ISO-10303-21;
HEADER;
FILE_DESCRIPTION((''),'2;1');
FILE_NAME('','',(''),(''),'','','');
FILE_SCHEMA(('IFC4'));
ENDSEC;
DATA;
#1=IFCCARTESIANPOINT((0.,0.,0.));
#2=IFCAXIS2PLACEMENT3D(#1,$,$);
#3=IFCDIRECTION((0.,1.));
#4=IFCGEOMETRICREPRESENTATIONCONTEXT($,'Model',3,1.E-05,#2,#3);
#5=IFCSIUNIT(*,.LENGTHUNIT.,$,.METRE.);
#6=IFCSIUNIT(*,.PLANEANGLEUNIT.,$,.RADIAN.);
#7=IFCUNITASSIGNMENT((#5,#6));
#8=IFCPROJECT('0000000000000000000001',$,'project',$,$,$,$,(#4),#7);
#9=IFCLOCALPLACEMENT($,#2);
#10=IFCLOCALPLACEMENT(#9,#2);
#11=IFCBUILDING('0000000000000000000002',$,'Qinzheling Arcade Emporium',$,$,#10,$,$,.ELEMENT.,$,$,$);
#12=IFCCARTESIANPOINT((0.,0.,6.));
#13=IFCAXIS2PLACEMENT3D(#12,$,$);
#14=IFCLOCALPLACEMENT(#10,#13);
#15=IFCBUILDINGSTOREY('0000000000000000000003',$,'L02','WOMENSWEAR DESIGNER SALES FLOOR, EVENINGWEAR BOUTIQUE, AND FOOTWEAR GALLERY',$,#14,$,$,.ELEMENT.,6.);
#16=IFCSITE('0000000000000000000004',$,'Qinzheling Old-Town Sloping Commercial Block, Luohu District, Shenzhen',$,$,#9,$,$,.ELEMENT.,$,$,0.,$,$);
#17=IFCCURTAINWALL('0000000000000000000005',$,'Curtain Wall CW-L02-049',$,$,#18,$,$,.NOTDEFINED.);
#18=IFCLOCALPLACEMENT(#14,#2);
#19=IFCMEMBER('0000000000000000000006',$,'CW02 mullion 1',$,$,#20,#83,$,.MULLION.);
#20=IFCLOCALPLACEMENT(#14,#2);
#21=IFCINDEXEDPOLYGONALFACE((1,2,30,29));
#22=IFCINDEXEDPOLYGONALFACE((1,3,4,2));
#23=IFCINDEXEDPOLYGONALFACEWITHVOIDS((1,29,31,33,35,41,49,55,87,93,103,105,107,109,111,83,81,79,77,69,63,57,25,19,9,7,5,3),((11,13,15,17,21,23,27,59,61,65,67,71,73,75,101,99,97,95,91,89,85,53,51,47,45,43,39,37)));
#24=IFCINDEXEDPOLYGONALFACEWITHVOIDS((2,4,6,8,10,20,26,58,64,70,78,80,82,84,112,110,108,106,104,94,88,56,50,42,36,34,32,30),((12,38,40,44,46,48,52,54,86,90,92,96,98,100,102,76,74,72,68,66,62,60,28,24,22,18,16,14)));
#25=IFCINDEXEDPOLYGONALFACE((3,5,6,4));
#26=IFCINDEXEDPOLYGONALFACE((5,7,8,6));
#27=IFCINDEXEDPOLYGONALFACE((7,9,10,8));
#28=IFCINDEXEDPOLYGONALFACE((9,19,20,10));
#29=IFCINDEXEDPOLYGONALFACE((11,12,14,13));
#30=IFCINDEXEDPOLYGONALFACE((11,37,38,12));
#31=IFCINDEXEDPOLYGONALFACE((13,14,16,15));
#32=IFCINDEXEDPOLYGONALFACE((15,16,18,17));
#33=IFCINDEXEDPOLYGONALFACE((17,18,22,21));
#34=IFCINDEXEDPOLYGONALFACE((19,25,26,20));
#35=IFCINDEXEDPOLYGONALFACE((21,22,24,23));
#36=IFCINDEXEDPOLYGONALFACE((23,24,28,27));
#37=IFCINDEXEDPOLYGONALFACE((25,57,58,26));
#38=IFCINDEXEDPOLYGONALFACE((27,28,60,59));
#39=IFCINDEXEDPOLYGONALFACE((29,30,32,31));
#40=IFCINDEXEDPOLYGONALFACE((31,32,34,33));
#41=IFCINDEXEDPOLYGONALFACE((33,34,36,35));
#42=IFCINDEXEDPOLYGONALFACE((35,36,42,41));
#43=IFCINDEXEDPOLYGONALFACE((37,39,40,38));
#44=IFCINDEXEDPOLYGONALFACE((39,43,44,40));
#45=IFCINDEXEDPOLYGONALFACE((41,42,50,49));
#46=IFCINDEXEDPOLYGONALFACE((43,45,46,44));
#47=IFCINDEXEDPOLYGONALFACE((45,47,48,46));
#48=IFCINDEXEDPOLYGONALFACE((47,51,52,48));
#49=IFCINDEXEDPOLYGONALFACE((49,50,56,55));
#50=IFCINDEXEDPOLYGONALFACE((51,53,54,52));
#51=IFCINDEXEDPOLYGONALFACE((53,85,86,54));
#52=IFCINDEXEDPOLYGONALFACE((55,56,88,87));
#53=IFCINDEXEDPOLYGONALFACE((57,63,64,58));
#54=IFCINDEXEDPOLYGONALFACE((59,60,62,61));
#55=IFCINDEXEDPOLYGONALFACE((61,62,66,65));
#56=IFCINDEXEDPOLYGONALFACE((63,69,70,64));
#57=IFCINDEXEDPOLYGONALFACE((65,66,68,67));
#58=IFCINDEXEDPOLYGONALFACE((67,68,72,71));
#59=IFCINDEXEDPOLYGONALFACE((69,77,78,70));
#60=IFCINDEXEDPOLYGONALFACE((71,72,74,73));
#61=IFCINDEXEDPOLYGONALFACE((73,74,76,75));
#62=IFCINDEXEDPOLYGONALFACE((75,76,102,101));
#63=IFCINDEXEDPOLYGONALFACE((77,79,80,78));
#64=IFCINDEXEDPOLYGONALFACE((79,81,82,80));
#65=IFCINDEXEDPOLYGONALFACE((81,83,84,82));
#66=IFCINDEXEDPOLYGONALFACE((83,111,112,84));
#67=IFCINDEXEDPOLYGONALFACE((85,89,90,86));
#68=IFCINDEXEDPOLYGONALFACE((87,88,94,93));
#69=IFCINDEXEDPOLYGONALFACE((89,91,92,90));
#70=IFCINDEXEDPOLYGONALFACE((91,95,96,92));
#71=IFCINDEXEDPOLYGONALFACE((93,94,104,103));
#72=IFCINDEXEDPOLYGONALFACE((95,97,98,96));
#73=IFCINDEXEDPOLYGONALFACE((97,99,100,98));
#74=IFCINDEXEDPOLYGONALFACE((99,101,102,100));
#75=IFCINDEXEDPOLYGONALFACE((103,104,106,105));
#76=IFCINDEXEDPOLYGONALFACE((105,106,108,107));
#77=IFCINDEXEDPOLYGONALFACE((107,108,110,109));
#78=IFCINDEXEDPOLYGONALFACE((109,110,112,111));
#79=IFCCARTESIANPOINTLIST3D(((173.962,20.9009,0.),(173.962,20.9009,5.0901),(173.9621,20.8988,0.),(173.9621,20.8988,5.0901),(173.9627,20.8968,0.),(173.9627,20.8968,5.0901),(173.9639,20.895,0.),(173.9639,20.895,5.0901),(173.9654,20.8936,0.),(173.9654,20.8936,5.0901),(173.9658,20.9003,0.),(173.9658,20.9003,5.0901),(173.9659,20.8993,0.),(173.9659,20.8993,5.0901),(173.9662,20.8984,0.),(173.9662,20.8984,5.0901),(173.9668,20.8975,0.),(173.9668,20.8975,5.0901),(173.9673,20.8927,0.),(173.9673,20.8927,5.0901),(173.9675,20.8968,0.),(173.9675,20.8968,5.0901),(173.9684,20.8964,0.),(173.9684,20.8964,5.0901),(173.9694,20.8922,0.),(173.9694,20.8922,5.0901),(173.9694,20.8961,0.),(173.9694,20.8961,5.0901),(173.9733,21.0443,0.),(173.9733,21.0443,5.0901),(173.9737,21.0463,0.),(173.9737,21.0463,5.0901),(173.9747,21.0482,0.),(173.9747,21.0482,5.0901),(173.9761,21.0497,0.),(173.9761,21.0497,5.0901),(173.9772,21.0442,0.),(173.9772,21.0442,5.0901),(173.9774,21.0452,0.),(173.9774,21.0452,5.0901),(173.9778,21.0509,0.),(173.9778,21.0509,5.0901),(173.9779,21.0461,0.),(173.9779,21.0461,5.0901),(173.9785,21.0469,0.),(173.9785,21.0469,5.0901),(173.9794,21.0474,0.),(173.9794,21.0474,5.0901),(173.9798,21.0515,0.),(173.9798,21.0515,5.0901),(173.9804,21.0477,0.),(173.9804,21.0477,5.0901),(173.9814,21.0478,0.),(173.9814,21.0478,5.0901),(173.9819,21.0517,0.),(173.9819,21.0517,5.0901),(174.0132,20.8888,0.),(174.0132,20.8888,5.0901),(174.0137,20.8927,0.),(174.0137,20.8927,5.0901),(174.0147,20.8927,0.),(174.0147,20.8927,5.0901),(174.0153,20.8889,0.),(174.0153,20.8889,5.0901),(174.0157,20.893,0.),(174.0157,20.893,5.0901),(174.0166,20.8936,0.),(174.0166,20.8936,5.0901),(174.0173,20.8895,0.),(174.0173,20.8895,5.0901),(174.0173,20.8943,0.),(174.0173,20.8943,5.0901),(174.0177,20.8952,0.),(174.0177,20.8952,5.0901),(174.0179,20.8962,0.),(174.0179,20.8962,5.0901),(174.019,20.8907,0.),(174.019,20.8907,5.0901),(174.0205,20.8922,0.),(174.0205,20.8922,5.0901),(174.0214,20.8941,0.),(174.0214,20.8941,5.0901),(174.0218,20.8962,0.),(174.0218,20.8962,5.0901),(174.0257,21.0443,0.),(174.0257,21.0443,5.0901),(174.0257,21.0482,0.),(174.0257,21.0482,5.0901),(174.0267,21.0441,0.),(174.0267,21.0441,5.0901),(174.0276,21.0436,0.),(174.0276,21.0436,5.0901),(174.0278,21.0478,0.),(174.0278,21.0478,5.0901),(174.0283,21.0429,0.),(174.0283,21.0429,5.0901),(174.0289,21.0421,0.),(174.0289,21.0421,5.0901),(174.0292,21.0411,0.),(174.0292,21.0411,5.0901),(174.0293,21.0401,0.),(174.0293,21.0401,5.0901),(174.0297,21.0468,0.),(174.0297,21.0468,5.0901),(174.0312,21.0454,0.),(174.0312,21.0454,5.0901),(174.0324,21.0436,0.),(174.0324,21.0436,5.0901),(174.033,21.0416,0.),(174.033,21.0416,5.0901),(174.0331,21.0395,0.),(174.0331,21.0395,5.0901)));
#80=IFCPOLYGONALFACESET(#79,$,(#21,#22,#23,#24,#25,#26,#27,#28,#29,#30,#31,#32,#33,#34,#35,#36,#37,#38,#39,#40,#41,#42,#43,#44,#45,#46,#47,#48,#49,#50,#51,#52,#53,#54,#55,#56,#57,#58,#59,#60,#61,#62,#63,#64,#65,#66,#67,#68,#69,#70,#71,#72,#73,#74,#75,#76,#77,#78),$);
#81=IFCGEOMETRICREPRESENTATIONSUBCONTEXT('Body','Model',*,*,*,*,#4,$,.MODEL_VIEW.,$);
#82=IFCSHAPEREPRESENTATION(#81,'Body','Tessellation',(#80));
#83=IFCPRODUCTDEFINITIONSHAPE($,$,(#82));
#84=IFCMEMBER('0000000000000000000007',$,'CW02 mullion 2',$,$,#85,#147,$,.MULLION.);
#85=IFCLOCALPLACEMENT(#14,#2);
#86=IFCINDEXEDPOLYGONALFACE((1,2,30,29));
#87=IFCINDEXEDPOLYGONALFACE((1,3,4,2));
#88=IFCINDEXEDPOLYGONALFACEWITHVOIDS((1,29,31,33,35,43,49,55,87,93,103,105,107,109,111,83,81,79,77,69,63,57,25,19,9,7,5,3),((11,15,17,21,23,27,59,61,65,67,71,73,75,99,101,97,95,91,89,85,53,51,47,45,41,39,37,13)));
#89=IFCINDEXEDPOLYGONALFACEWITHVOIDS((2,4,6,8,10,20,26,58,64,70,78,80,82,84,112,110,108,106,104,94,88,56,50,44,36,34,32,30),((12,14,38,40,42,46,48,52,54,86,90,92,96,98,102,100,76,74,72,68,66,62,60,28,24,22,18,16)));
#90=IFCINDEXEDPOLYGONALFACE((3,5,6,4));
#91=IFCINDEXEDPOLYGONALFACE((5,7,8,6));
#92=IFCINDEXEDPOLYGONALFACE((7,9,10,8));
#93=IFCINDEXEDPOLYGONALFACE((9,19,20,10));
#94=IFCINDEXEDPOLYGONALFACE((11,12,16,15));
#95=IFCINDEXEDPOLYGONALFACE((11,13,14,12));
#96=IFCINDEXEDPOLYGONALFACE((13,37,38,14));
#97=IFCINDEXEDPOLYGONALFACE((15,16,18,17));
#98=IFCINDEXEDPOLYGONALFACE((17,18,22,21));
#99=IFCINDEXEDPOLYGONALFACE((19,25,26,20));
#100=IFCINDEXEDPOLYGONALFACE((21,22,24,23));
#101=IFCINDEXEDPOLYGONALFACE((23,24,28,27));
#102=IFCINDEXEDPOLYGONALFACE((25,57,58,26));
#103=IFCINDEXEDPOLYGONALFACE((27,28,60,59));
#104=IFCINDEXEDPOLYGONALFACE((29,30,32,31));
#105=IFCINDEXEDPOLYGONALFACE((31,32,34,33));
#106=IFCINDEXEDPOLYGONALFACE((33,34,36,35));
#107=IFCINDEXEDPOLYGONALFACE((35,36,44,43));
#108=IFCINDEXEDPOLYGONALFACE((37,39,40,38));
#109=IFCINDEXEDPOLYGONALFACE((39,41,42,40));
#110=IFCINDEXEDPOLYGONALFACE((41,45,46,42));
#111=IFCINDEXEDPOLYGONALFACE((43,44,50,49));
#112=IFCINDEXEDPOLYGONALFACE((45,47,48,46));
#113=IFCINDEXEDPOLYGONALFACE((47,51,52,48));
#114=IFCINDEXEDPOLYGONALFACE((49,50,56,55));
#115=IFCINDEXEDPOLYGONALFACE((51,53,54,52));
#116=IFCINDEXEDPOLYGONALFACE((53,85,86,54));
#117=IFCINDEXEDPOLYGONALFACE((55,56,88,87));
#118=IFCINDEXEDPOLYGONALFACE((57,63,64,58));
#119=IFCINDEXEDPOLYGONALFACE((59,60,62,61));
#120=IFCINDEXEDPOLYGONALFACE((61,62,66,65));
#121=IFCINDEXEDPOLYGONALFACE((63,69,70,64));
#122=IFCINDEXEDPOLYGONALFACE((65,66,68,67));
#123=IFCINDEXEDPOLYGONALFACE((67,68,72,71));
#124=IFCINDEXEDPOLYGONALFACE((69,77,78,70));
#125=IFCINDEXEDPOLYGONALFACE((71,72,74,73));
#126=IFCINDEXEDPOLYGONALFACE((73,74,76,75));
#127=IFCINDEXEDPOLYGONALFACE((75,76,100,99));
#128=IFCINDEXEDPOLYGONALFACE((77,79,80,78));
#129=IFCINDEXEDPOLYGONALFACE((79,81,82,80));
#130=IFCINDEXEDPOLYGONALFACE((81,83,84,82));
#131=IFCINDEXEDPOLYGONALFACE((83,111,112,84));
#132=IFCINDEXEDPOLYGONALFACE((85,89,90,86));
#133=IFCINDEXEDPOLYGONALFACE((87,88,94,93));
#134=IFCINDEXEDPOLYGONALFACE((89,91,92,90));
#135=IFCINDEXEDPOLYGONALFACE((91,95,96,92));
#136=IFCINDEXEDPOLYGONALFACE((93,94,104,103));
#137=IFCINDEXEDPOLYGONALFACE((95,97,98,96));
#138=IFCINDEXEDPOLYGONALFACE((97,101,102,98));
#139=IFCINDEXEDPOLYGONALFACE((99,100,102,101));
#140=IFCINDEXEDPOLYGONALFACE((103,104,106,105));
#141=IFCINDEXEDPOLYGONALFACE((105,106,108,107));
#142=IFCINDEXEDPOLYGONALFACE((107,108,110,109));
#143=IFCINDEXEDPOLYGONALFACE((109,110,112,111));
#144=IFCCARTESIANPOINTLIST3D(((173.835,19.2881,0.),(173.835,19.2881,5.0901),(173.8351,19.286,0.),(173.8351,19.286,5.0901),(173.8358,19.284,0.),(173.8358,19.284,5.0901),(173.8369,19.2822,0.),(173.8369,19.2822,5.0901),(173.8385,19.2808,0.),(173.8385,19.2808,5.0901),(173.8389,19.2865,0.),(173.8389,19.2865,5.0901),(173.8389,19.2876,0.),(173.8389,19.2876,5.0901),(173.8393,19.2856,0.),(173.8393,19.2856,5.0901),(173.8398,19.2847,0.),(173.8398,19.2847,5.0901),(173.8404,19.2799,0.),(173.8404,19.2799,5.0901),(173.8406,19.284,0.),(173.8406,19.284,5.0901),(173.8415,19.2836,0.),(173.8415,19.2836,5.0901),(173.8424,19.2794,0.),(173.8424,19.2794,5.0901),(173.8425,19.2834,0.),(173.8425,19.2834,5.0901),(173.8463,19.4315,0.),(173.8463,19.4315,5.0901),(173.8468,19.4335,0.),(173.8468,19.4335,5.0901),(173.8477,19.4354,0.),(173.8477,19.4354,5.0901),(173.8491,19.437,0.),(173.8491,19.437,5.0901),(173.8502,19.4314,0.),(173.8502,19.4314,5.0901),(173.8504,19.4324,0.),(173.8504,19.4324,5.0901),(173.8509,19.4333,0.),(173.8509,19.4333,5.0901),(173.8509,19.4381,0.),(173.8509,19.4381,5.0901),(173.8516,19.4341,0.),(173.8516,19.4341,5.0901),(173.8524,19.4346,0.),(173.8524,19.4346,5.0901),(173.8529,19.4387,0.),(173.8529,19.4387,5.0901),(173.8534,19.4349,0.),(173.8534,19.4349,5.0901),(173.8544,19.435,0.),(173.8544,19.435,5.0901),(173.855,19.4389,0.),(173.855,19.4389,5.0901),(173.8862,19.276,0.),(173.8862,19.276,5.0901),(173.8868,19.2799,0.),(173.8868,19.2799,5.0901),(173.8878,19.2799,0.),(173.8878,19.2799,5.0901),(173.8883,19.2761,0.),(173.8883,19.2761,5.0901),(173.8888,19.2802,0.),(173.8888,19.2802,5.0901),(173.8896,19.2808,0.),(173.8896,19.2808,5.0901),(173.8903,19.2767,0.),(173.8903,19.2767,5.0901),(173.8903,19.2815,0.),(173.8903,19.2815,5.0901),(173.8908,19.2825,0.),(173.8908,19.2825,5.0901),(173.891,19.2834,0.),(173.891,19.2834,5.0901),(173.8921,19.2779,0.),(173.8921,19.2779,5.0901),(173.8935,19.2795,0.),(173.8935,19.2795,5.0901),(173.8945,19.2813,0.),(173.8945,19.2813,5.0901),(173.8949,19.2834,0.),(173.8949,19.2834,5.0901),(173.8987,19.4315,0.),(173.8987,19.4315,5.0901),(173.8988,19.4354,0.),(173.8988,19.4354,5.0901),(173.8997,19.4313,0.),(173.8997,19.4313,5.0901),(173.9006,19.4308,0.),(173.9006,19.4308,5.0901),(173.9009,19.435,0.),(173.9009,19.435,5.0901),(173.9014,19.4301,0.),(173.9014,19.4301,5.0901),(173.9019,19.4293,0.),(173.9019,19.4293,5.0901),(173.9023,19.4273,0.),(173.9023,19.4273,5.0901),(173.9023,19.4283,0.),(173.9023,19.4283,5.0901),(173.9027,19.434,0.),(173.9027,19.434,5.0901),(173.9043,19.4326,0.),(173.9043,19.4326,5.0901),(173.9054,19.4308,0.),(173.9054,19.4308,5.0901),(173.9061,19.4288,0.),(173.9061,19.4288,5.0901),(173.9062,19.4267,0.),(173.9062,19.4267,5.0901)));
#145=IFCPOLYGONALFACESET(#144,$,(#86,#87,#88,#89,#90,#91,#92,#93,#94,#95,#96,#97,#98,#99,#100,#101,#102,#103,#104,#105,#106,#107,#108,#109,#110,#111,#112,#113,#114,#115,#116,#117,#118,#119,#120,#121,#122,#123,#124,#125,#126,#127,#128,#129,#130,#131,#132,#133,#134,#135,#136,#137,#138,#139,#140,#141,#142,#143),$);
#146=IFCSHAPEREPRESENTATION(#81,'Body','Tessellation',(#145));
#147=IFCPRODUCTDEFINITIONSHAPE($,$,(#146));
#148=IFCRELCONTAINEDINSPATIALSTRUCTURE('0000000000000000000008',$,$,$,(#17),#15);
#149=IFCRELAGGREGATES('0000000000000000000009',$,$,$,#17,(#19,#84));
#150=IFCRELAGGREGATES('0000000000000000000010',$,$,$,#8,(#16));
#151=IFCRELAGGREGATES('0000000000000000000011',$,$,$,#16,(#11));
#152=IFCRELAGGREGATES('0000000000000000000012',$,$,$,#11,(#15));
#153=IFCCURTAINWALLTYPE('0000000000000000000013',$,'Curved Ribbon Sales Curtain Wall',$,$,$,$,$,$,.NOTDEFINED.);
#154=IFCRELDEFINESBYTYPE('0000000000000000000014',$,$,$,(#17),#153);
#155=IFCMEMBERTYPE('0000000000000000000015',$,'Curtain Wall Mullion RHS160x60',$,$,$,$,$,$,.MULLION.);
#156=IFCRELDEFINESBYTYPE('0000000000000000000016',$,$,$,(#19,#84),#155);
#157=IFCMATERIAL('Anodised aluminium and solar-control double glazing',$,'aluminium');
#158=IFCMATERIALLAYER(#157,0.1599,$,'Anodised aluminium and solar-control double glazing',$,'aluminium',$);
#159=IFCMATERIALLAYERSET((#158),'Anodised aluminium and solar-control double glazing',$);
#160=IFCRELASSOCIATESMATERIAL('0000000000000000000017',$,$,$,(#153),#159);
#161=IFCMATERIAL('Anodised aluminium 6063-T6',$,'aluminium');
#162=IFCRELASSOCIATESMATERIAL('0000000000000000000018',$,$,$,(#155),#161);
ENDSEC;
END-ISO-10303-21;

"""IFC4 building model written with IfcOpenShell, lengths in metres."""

from ifc_helpers import new_model, si_unit, direction, frame, origin, origin_2d, place, context, subcontext, project, spatial, hollow_rectangle, extrude, material, layer, layer_set, material_profile, profile_set, type_object, element, aggregate, save


model = new_model("IFC4")

# Units and contexts
model_context = context("Model", 3, precision=1e-05, world=origin(), true_north=direction((0.0, 1.0)))
body_context = subcontext(model_context, "Body", "Model", "MODEL_VIEW")
ifc_project = project(units=[si_unit("LENGTHUNIT", "METRE"), si_unit("PLANEANGLEUNIT", "RADIAN")], contexts=[model_context])

# Site, building, storey
site_placement = place(None, origin())
site = spatial("IfcSite", under=ifc_project, at=site_placement, Name="Qinzheling Old-Town Sloping Commercial Block, Luohu District, Shenzhen", CompositionType="ELEMENT", RefElevation=0.0)
building_placement = place(site_placement, origin())
building = spatial("IfcBuilding", under=site, at=building_placement, Name="Qinzheling Arcade Emporium", CompositionType="ELEMENT")
storey_placement = place(building_placement, frame((0.0, 0.0, 6.0)))
storey = spatial("IfcBuildingStorey", under=building, at=storey_placement, Name="L02", Description="WOMENSWEAR DESIGNER SALES FLOOR, EVENINGWEAR BOUTIQUE, AND FOOTWEAR GALLERY", CompositionType="ELEMENT", Elevation=6.0)

# Curtain wall, members
ifc_material_1 = material(Name="Anodised aluminium and solar-control double glazing", Category="aluminium")
ifc_layer_1 = layer(ifc_material_1, 0.1599, Name="Anodised aluminium and solar-control double glazing", Category="aluminium")
ifc_layer_set_1 = layer_set([ifc_layer_1], Name="Anodised aluminium and solar-control double glazing")
curtain_wall_type = type_object("IfcCurtainWallType", Name="Curved Ribbon Sales Curtain Wall", PredefinedType="NOTDEFINED", material=ifc_layer_set_1)
curtain_wall_placement = place(storey_placement, origin())
curtain_wall = element("IfcCurtainWall", 1, at=curtain_wall_placement, inside=storey, type_object=curtain_wall_type, Name="Curtain Wall CW-L02-049", PredefinedType="NOTDEFINED")
ifc_material_2 = material(Name="Anodised aluminium 6063-T6", Category="aluminium")
ifc_material_profile_1 = material_profile(ifc_material_2, hollow_rectangle(XDim=0.0601, YDim=0.1599, WallThickness=0.0039, InnerFilletRadius=0.0039, OuterFilletRadius=0.0081, at=origin_2d()), Name="RHS 160x60x4", Category="aluminium")
ifc_profile_set_1 = profile_set([ifc_material_profile_1], Name="Anodised aluminium 6063-T6")
member_type_1 = type_object("IfcMemberType", Name="Curtain Wall Mullion RHS160x60", PredefinedType="MULLION", material=ifc_profile_set_1)
member_1_placement = place(storey_placement, frame((173.9976, 20.9702, 0.0), z_axis=(0.0, 0.0, 1.0), x_axis=(0.996906, -0.078599, 0.0)))
member_1 = element("IfcMember", 2, at=member_1_placement, type_object=member_type_1, Name="CW02 mullion 1", PredefinedType="MULLION", context=body_context, shape_type="SweptSolid", body=[
    extrude(hollow_rectangle(XDim=0.0601, YDim=0.1599, WallThickness=0.0039, InnerFilletRadius=0.0039, OuterFilletRadius=0.0081, at=origin_2d()), origin(), (0.0, 0.0, 1.0), 5.0901),
])
member_2_placement = place(storey_placement, frame((173.8706, 19.3574, 0.0), z_axis=(0.0, 0.0, 1.0), x_axis=(0.996906, -0.078599, 0.0)))
member_2 = element("IfcMember", 3, at=member_2_placement, type_object=member_type_1, Name="CW02 mullion 2", PredefinedType="MULLION", context=body_context, shape_type="SweptSolid", body=[
    extrude(hollow_rectangle(XDim=0.0601, YDim=0.1599, WallThickness=0.0039, InnerFilletRadius=0.0039, OuterFilletRadius=0.0081, at=origin_2d()), origin(), (0.0, 0.0, 1.0), 5.0901),
])
aggregate(curtain_wall, [member_1, member_2])

save(model, "model.ifc")
